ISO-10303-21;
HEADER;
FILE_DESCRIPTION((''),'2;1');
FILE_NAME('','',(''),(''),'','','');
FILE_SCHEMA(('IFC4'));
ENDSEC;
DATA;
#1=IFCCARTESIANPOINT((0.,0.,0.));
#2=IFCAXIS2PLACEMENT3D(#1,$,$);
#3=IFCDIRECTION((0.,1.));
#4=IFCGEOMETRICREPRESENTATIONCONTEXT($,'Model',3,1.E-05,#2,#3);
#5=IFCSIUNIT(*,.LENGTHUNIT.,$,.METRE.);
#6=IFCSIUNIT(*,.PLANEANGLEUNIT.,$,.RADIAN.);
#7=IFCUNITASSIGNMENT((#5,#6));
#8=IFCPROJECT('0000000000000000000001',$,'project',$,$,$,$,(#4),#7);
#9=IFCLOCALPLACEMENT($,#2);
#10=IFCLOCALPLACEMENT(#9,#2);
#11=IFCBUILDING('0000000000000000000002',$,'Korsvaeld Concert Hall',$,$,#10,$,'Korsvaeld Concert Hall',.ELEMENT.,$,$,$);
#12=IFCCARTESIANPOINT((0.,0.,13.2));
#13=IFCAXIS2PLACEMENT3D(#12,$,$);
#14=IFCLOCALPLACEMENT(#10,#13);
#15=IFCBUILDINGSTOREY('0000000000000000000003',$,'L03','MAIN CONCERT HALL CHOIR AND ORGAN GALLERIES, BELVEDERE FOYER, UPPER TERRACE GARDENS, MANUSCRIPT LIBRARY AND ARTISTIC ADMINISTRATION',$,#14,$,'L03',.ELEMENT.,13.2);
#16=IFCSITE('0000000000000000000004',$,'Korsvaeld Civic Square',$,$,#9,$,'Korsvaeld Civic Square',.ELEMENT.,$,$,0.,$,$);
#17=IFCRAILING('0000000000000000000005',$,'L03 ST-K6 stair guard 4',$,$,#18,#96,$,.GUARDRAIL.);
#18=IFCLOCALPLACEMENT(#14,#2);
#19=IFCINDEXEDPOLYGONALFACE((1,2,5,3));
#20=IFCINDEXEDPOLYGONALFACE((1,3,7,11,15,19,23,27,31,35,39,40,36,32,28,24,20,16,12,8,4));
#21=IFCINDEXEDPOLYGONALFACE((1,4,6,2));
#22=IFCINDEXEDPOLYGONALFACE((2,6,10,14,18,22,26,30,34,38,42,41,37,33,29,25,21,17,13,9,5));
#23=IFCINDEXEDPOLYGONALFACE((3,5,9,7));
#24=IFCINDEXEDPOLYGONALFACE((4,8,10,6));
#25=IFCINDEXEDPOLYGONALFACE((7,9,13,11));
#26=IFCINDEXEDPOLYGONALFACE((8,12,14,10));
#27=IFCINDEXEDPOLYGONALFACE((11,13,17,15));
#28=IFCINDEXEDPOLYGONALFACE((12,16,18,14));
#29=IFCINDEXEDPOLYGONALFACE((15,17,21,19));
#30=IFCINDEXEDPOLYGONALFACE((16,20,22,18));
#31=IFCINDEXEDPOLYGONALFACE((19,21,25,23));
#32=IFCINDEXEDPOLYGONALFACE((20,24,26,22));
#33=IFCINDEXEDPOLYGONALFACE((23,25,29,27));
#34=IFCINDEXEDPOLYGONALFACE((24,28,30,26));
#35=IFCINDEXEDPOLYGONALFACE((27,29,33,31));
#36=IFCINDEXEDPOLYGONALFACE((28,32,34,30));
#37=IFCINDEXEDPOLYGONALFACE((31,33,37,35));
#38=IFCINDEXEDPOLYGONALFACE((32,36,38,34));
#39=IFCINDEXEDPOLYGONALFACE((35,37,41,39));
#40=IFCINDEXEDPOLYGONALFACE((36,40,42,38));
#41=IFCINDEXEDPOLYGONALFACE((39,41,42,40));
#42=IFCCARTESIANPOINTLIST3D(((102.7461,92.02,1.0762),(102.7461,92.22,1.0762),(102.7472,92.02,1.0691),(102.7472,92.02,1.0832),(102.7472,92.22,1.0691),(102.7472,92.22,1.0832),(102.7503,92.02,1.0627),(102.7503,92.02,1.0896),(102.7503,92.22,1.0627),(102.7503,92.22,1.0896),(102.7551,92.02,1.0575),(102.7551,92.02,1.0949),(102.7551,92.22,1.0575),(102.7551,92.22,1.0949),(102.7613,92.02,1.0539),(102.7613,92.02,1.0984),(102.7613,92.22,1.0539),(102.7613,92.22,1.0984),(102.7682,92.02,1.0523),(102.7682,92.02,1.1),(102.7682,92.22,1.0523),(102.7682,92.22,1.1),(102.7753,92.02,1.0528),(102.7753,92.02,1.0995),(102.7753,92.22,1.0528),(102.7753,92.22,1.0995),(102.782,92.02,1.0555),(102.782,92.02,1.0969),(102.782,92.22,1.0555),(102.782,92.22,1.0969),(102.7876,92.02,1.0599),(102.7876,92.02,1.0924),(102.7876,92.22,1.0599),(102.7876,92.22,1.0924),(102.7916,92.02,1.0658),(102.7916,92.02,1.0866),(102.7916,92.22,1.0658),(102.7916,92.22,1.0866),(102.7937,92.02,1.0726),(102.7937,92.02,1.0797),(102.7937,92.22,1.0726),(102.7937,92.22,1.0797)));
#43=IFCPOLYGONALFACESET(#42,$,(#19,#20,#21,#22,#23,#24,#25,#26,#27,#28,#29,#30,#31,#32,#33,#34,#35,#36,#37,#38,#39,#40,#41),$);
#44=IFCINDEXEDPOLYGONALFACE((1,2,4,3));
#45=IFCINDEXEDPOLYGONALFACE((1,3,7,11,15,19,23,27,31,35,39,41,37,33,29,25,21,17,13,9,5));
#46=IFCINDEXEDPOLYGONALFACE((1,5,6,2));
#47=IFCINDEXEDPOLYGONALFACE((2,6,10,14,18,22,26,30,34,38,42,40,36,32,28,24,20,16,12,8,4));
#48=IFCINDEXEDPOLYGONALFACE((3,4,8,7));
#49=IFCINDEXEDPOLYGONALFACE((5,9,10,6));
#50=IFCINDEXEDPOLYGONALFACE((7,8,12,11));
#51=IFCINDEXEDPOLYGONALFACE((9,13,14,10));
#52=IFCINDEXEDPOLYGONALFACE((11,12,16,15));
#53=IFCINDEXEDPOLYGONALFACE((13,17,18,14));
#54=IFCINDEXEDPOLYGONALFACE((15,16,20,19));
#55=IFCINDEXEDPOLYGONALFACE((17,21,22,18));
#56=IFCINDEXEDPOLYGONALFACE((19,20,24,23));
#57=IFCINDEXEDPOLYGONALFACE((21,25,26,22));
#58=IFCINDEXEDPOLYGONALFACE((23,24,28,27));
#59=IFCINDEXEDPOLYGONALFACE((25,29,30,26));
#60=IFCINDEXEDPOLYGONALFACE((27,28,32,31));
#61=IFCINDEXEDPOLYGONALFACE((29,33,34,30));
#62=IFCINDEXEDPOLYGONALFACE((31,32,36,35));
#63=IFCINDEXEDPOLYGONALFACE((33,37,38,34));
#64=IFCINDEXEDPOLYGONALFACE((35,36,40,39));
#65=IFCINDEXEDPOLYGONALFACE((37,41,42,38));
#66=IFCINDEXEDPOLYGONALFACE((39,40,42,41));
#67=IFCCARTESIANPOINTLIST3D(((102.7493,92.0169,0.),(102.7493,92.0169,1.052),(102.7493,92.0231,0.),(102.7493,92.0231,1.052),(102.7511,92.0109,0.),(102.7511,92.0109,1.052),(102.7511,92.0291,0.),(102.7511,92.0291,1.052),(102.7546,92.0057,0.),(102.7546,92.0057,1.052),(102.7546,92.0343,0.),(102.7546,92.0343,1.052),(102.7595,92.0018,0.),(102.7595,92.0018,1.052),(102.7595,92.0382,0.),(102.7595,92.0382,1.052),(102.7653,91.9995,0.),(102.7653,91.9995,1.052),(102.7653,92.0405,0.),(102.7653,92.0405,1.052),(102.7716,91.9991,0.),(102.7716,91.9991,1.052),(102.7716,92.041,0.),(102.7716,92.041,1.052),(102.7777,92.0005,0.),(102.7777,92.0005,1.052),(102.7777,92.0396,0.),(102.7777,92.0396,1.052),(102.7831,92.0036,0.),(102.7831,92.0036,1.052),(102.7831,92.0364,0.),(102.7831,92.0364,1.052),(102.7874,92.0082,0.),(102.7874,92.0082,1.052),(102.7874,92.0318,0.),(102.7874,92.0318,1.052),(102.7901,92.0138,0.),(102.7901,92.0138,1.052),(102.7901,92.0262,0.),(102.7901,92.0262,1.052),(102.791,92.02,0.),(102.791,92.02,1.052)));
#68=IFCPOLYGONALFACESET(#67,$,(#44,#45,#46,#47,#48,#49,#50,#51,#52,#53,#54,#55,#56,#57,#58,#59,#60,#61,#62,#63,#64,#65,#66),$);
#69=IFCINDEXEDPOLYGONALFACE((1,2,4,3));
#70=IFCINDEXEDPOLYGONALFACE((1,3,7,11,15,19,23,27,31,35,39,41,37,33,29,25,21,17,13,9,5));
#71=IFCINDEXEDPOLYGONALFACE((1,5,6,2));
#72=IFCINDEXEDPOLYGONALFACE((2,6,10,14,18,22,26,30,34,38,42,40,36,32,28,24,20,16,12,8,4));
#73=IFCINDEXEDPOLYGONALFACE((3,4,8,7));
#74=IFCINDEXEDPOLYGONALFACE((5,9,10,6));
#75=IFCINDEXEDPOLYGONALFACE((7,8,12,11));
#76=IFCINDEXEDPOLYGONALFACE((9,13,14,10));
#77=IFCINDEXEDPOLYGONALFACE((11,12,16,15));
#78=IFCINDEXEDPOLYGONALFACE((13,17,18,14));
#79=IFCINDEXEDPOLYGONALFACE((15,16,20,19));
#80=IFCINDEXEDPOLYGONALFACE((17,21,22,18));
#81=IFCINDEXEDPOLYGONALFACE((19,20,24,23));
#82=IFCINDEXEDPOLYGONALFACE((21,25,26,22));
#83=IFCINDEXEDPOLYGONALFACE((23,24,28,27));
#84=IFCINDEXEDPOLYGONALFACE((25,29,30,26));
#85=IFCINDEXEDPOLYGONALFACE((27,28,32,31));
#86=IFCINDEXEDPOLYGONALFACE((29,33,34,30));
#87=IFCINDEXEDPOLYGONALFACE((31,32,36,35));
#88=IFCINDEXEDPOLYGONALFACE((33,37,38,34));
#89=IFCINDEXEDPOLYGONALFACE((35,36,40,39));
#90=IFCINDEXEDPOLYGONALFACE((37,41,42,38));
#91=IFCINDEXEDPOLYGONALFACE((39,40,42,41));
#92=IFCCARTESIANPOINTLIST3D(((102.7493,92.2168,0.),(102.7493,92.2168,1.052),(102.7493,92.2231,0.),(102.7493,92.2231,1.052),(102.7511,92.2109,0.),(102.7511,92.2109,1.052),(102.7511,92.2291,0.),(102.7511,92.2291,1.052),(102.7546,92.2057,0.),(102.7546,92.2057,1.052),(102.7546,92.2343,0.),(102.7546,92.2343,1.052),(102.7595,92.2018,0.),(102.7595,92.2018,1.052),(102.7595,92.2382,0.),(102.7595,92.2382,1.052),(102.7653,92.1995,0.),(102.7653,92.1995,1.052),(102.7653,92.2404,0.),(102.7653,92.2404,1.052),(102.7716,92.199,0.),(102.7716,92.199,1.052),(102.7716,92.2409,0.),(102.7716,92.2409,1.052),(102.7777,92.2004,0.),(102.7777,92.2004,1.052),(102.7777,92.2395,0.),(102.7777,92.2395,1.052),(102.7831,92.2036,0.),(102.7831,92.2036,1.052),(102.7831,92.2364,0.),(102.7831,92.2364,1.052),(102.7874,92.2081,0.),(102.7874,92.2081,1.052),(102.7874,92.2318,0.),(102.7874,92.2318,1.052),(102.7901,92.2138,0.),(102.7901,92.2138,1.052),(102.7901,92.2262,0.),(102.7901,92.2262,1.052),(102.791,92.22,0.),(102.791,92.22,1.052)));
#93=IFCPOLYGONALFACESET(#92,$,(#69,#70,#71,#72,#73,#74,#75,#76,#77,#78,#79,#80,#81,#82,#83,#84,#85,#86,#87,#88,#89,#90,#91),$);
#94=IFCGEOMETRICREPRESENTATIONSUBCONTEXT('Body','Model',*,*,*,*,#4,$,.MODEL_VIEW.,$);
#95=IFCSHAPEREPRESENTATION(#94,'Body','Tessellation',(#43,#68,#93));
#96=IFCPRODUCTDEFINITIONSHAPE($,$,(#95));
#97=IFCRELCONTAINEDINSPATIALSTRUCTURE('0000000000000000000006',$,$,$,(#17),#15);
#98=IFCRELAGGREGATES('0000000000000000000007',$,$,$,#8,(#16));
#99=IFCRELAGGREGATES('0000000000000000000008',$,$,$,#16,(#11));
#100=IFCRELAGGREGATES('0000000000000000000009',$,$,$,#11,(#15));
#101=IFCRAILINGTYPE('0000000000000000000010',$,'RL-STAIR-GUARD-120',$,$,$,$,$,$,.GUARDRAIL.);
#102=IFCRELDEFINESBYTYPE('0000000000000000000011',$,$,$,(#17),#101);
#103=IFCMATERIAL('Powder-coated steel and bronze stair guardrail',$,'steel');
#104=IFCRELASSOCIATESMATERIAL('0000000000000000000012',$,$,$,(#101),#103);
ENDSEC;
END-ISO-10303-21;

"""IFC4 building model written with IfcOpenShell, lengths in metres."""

from ifc_helpers import new_model, si_unit, direction, frame, origin, origin_2d, place, context, subcontext, project, spatial, circle, extrude, material, type_object, element, save


model = new_model("IFC4")

# Units and contexts
model_context = context("Model", 3, precision=1e-05, world=origin(), true_north=direction((0.0, 1.0)))
body_context = subcontext(model_context, "Body", "Model", "MODEL_VIEW")
ifc_project = project(units=[si_unit("LENGTHUNIT", "METRE"), si_unit("PLANEANGLEUNIT", "RADIAN")], contexts=[model_context])

# Site, building, storey
site_placement = place(None, origin())
site = spatial("IfcSite", under=ifc_project, at=site_placement, Name="Korsvaeld Civic Square", LongName="Korsvaeld Civic Square", CompositionType="ELEMENT", RefElevation=0.0)
building_placement = place(site_placement, origin())
building = spatial("IfcBuilding", under=site, at=building_placement, Name="Korsvaeld Concert Hall", LongName="Korsvaeld Concert Hall", CompositionType="ELEMENT")
storey_placement = place(building_placement, frame((0.0, 0.0, 13.2)))
storey = spatial("IfcBuildingStorey", under=building, at=storey_placement, Name="L03", Description="MAIN CONCERT HALL CHOIR AND ORGAN GALLERIES, BELVEDERE FOYER, UPPER TERRACE GARDENS, MANUSCRIPT LIBRARY AND ARTISTIC ADMINISTRATION", LongName="L03", CompositionType="ELEMENT", Elevation=13.2)

# Railing
ifc_material_1 = material(Name="Powder-coated steel and bronze stair guardrail", Category="steel")
railing_type_1 = type_object("IfcRailingType", Name="RL-STAIR-GUARD-120", PredefinedType="GUARDRAIL", material=ifc_material_1)
railing_1_placement = place(storey_placement, frame((102.77, 92.02, 0.0)))
element("IfcRailing", 1, at=railing_1_placement, inside=storey, type_object=railing_type_1, Name="L03 ST-K6 stair guard 4", PredefinedType="GUARDRAIL", context=body_context, shape_type="SweptSolid", body=[
    extrude(circle(Radius=0.0239, at=origin_2d()), frame((0.0, 0.0, 1.0762), z_axis=(0.0, 1.0, 0.0), x_axis=(-1.0, 0.0, 0.0)), (0.0, 0.0, 1.0), 0.2),
    extrude(circle(Radius=0.021, at=origin_2d()), origin(), (0.0, 0.0, 1.0), 1.052),
    extrude(circle(Radius=0.021, at=origin_2d()), frame((0.0, 0.2, 0.0)), (0.0, 0.0, 1.0), 1.052),
])

save(model, "model.ifc")
